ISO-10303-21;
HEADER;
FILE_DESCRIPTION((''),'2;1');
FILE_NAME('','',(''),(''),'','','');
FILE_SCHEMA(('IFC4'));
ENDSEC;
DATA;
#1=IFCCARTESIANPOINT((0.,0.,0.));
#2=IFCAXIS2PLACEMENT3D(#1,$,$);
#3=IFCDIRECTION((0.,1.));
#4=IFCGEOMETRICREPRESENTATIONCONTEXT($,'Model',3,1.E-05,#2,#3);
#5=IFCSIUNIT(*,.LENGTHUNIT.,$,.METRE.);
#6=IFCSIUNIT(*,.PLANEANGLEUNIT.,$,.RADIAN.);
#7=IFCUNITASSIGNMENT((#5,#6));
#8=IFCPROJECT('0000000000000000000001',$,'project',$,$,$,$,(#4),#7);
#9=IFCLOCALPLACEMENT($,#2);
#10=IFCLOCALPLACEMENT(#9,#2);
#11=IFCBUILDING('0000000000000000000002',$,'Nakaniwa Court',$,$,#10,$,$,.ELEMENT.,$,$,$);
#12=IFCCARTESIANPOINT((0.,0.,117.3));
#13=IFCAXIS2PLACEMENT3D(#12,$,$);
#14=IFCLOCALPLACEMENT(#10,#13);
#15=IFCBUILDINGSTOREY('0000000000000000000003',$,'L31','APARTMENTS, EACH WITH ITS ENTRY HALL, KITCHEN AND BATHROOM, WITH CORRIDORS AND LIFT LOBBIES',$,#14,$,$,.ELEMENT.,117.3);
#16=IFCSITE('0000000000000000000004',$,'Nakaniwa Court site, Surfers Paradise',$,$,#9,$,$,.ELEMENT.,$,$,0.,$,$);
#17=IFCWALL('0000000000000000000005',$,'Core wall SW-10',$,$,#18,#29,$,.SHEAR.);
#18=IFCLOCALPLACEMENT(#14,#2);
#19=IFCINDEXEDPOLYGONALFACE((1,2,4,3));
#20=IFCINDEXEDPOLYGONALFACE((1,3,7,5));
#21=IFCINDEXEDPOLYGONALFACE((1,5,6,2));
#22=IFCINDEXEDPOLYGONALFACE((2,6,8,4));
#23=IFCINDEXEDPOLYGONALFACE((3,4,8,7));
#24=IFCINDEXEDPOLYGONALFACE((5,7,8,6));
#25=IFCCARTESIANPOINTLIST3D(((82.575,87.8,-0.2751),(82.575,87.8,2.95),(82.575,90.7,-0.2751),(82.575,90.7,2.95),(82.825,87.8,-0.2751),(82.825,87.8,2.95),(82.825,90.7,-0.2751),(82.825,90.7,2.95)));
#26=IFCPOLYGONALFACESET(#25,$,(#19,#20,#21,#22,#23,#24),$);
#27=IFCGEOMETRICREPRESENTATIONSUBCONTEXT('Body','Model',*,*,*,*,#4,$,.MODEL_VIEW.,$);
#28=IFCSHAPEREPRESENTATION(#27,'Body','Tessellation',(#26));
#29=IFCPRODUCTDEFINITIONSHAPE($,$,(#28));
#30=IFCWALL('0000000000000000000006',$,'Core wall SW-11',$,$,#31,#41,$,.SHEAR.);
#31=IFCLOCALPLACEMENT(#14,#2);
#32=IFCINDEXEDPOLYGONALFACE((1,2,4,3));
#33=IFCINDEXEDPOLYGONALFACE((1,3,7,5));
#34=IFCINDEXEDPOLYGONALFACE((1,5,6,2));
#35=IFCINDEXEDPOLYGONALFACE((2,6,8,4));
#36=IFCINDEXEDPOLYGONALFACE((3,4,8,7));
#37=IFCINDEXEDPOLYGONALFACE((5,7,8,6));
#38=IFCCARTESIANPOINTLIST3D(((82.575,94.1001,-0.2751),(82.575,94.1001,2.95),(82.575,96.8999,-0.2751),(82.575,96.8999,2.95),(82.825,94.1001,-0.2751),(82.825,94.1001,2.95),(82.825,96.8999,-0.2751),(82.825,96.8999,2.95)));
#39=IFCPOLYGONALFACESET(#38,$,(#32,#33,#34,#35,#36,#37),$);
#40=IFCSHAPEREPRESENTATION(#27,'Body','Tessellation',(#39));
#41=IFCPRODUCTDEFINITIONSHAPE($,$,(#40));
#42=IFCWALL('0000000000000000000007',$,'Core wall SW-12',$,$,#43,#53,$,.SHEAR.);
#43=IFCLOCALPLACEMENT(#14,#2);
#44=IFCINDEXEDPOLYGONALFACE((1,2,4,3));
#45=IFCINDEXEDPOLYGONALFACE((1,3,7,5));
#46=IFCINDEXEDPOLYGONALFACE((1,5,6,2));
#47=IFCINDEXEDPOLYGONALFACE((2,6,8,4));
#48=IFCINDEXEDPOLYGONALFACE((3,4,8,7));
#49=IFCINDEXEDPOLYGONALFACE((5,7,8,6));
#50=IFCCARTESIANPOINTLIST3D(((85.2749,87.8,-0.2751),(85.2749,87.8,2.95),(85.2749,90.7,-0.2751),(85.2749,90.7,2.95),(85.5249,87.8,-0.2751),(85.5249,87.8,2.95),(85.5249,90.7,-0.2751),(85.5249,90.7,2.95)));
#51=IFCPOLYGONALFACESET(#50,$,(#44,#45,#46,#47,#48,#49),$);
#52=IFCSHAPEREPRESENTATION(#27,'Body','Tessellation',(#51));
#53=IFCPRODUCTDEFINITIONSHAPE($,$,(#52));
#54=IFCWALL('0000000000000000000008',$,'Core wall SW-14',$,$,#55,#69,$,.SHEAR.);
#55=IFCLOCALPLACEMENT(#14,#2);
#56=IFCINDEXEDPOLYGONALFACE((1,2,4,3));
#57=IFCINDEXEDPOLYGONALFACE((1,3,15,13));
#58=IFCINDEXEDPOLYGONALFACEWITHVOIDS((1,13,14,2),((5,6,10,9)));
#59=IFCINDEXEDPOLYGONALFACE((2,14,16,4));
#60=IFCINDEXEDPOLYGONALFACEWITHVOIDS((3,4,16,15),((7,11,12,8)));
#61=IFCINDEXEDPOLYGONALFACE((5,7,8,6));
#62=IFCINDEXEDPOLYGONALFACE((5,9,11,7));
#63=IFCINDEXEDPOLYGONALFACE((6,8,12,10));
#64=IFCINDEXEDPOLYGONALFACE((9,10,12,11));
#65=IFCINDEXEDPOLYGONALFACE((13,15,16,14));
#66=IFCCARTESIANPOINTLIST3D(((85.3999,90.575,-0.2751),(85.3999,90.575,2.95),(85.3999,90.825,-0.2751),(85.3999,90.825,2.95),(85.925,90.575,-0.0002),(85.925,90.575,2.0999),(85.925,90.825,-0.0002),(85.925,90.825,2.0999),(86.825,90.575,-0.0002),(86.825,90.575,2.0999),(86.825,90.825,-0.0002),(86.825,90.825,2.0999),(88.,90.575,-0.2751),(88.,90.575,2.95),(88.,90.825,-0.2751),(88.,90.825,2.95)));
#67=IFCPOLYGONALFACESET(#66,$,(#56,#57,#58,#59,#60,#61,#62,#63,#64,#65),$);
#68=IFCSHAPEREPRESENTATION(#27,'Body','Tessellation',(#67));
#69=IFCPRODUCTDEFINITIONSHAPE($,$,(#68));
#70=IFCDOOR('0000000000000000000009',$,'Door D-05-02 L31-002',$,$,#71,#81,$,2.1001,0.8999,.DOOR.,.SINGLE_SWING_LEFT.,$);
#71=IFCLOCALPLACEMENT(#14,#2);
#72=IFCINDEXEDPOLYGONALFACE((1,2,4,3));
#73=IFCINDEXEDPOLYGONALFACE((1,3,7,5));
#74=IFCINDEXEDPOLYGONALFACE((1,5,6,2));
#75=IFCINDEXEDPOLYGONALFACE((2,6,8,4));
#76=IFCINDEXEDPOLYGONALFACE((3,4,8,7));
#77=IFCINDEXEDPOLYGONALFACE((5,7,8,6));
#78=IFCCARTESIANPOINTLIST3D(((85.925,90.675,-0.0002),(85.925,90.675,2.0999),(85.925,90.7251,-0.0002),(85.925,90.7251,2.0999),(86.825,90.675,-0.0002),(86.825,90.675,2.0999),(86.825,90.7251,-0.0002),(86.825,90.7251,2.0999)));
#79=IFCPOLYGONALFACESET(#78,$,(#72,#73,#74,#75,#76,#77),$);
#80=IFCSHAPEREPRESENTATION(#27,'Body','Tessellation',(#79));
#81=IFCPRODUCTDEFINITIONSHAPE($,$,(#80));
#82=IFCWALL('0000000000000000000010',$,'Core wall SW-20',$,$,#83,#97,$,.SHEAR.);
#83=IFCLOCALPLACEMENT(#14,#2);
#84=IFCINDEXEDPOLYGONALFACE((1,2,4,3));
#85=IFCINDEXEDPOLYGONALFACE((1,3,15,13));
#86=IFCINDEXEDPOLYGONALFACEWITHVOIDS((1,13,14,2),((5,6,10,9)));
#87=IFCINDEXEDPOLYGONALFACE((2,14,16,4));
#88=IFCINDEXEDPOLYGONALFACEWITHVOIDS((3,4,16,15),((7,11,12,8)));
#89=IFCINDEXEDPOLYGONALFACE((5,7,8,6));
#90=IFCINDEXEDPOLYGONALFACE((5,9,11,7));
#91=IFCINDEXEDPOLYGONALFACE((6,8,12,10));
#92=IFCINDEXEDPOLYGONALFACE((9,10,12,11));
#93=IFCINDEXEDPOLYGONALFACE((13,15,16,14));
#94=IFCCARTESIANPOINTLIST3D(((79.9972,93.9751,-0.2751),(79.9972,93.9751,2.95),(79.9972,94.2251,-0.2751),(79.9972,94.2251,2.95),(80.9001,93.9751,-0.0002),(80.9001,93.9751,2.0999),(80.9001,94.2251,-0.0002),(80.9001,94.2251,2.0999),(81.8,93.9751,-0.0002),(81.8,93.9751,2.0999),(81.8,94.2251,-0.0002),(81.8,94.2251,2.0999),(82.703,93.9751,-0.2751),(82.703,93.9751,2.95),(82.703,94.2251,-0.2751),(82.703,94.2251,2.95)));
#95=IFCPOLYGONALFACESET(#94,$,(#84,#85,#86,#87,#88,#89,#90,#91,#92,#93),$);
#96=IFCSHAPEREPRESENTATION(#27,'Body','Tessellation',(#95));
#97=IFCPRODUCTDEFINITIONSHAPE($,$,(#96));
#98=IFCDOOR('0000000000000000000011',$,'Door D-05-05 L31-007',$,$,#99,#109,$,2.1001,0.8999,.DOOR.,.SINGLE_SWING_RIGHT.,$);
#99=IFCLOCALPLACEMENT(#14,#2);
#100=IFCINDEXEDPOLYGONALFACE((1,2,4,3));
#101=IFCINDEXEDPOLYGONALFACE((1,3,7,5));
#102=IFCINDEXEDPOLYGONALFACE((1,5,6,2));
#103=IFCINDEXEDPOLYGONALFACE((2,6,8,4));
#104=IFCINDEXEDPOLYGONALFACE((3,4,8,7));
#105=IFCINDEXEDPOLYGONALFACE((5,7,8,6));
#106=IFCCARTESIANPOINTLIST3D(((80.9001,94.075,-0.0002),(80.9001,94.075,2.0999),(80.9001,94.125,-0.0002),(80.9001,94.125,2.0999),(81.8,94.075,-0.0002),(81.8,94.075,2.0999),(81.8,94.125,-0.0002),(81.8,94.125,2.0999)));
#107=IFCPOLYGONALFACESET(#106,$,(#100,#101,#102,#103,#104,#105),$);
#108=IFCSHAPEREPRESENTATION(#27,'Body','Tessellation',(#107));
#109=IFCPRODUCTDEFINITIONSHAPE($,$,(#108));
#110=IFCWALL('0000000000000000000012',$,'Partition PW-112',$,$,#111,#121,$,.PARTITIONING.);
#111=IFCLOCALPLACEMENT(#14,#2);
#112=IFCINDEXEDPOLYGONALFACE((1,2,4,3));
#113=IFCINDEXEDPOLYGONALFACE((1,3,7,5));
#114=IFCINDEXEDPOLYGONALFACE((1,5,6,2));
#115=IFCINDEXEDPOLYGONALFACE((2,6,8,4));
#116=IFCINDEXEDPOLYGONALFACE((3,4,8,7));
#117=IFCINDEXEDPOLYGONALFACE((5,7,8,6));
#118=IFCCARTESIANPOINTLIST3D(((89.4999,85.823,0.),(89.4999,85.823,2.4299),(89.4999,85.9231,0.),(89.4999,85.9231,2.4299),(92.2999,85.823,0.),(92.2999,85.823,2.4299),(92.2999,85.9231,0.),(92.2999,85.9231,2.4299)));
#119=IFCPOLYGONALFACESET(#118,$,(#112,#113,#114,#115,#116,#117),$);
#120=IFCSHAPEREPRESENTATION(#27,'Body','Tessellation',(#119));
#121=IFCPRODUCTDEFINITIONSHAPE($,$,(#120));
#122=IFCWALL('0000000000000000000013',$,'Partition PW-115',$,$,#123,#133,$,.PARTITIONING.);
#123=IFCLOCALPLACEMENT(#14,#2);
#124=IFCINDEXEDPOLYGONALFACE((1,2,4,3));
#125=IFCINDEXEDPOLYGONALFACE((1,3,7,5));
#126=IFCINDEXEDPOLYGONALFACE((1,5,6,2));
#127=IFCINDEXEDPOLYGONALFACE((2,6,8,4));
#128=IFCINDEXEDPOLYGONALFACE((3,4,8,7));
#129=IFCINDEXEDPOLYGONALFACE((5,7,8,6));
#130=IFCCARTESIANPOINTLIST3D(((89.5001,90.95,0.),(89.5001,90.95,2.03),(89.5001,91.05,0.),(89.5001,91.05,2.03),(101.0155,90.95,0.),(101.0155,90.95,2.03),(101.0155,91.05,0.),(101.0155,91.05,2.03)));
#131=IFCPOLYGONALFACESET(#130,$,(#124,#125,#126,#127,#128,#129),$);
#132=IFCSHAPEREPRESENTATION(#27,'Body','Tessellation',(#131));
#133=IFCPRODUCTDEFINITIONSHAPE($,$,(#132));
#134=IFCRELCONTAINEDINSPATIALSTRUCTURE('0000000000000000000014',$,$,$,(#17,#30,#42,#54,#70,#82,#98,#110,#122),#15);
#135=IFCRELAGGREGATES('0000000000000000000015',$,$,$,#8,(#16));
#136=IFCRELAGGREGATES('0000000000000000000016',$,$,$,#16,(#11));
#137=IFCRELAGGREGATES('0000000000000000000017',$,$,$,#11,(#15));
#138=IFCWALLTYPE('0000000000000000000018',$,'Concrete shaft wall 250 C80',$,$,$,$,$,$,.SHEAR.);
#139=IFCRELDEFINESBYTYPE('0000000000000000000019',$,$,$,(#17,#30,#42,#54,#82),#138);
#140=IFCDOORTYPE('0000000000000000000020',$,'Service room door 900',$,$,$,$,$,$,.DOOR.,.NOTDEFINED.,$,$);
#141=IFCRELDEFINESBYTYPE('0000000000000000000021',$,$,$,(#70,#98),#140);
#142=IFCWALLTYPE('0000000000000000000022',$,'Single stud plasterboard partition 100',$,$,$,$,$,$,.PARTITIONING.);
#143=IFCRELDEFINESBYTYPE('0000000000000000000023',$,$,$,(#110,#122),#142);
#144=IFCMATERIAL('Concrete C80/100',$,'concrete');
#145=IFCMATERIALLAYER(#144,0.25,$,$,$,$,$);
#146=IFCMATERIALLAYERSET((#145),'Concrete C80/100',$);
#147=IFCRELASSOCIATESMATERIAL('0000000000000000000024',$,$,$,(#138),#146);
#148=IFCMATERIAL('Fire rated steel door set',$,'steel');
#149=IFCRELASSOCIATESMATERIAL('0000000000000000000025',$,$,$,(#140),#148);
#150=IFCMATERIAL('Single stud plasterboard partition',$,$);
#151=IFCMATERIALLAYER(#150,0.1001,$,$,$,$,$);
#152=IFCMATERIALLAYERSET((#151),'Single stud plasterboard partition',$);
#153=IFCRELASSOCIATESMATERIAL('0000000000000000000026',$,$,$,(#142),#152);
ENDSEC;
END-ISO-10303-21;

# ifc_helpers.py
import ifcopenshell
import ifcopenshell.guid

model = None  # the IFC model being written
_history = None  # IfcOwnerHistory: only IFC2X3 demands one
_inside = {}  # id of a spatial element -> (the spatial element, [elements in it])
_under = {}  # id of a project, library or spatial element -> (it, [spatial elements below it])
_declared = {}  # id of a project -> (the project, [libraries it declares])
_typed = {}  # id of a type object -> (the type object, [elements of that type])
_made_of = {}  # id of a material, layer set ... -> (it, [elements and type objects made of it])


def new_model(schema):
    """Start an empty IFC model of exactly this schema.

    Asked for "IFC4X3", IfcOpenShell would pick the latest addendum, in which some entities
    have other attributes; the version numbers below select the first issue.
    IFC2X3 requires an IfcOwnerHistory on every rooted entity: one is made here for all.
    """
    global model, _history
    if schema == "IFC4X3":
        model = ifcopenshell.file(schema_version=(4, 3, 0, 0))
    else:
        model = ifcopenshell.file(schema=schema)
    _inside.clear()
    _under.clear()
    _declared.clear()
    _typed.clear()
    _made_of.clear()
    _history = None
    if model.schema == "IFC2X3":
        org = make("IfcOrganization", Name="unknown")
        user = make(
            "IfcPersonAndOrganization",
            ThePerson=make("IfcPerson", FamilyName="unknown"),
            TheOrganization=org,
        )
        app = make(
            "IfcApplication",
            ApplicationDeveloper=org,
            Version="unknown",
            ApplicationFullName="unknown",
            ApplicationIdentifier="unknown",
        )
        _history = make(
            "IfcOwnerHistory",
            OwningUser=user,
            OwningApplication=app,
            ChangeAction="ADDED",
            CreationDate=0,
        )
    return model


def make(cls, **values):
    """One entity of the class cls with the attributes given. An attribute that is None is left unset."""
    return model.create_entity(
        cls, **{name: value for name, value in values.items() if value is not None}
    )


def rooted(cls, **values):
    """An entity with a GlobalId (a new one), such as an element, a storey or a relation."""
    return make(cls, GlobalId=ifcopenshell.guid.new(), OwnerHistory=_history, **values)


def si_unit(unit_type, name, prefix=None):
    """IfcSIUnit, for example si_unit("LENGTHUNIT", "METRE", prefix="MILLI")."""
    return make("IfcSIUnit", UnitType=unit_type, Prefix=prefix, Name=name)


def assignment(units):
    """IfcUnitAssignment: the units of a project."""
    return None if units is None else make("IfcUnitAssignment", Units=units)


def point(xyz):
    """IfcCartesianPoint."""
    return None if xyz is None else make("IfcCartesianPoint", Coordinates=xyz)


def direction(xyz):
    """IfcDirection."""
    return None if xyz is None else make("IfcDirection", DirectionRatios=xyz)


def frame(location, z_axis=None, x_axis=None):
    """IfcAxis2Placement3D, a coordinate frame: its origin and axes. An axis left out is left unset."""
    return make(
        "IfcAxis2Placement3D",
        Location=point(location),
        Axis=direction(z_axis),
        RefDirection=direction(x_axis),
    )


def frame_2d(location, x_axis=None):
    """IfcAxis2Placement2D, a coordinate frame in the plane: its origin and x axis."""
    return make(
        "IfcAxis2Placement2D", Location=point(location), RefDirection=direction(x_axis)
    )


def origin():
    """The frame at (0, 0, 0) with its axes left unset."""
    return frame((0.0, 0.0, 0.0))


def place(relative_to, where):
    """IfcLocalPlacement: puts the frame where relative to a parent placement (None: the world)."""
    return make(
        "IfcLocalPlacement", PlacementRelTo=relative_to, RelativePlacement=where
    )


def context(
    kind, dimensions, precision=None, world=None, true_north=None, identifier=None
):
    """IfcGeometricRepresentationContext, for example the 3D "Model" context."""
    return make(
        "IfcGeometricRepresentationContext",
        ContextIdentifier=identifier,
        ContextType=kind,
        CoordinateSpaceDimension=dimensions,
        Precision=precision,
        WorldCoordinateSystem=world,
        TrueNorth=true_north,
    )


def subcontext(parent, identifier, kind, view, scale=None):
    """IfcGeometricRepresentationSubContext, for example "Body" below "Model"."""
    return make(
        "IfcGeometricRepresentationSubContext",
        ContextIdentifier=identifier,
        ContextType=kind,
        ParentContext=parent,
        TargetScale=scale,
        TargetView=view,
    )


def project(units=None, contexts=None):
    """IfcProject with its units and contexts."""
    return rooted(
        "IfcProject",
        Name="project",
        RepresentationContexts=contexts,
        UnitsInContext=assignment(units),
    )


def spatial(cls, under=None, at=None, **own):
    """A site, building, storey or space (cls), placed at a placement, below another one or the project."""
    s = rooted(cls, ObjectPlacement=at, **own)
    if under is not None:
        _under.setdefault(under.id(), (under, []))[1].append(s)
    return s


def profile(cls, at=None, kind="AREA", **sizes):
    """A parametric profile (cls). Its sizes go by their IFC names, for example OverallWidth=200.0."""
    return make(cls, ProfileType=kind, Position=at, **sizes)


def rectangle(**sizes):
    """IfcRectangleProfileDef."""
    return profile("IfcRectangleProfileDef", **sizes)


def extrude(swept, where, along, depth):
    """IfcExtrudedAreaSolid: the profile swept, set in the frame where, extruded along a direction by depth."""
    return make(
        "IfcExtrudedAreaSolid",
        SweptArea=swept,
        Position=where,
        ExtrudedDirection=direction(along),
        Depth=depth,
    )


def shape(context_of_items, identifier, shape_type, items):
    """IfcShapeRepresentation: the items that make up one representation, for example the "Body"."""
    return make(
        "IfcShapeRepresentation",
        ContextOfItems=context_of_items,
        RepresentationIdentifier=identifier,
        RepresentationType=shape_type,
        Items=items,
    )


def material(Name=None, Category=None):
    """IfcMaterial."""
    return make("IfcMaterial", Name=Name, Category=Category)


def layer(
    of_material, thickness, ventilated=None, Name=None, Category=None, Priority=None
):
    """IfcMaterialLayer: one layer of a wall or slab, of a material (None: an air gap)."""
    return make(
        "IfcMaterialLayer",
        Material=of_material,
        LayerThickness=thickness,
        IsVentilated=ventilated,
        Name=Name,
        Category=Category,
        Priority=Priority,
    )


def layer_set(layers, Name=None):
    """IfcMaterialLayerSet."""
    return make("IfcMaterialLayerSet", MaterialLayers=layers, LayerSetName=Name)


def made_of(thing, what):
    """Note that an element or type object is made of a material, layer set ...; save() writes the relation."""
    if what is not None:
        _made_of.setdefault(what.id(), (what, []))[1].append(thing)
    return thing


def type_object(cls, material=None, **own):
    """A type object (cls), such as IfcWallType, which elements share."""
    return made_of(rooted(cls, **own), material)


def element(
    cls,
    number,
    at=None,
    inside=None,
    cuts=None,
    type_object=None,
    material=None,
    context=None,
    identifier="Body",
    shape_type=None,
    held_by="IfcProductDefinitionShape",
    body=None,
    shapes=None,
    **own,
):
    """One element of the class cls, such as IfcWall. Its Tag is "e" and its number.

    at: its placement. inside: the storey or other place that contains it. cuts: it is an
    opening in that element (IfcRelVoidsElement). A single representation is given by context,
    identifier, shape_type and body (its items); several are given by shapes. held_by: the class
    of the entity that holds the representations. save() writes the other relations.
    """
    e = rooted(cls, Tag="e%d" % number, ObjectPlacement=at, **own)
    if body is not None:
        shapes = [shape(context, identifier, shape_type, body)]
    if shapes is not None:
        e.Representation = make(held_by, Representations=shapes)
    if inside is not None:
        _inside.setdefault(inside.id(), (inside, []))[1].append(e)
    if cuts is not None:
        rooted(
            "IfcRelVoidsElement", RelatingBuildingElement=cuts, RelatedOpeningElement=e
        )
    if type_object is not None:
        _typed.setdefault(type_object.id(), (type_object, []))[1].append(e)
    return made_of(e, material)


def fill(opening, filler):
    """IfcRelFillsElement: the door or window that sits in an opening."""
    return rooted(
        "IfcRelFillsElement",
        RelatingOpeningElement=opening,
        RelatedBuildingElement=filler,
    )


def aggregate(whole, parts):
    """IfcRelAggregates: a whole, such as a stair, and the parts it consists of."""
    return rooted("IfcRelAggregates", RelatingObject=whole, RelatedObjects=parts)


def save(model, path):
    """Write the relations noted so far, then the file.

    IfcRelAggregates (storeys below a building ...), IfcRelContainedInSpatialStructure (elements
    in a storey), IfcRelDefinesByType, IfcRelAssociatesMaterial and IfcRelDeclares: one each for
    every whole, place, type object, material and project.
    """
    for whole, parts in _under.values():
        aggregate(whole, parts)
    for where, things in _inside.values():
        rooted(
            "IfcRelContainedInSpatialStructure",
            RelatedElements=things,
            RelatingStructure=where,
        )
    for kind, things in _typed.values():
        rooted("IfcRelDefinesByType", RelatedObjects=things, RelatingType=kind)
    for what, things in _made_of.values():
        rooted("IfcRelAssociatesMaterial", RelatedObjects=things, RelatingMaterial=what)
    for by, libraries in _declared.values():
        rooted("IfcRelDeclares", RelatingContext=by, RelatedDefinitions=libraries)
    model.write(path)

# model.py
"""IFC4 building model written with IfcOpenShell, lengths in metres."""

from ifc_helpers import new_model, si_unit, direction, frame, frame_2d, origin, place, context, subcontext, project, spatial, rectangle, extrude, material, layer, layer_set, type_object, element, fill, save


model = new_model("IFC4")

# Units and contexts
model_context = context("Model", 3, precision=1e-05, world=origin(), true_north=direction((0.0, 1.0)))
body_context = subcontext(model_context, "Body", "Model", "MODEL_VIEW")
ifc_project = project(units=[si_unit("LENGTHUNIT", "METRE"), si_unit("PLANEANGLEUNIT", "RADIAN")], contexts=[model_context])

# Site, building, storey
site_placement = place(None, origin())
site = spatial("IfcSite", under=ifc_project, at=site_placement, Name="Nakaniwa Court site, Surfers Paradise", CompositionType="ELEMENT", RefElevation=0.0)
building_placement = place(site_placement, origin())
building = spatial("IfcBuilding", under=site, at=building_placement, Name="Nakaniwa Court", CompositionType="ELEMENT")
storey_placement = place(building_placement, frame((0.0, 0.0, 117.3)))
storey = spatial("IfcBuildingStorey", under=building, at=storey_placement, Name="L31", Description="APARTMENTS, EACH WITH ITS ENTRY HALL, KITCHEN AND BATHROOM, WITH CORRIDORS AND LIFT LOBBIES", CompositionType="ELEMENT", Elevation=117.3)

# Shared definitions
ifc_material_1 = material(Name="Concrete C80/100", Category="concrete")

# Walls
ifc_layer_1 = layer(ifc_material_1, 0.25)
ifc_layer_set_1 = layer_set([ifc_layer_1], Name="Concrete C80/100")
wall_type_1 = type_object("IfcWallType", Name="Concrete shaft wall 250 C80", PredefinedType="SHEAR", material=ifc_layer_set_1)
wall_1_placement = place(storey_placement, frame((82.7, 87.8, -0.2751), z_axis=(0.0, 0.0, 1.0), x_axis=(0.0, 1.0, 0.0)))
element("IfcWall", 1, at=wall_1_placement, inside=storey, type_object=wall_type_1, Name="Core wall SW-10", PredefinedType="SHEAR", context=body_context, shape_type="SweptSolid", body=[
    extrude(rectangle(XDim=2.8999, YDim=0.25, at=frame_2d((1.45, 0.0))), origin(), (0.0, 0.0, 1.0), 3.2251),
])
wall_2_placement = place(storey_placement, frame((82.7, 94.1001, -0.2751), z_axis=(0.0, 0.0, 1.0), x_axis=(0.0, 1.0, 0.0)))
element("IfcWall", 2, at=wall_2_placement, inside=storey, type_object=wall_type_1, Name="Core wall SW-11", PredefinedType="SHEAR", context=body_context, shape_type="SweptSolid", body=[
    extrude(rectangle(XDim=2.7998, YDim=0.25, at=frame_2d((1.3999, 0.0))), origin(), (0.0, 0.0, 1.0), 3.2251),
])
wall_3_placement = place(storey_placement, frame((85.3999, 87.8, -0.2751), z_axis=(0.0, 0.0, 1.0), x_axis=(0.0, 1.0, 0.0)))
element("IfcWall", 3, at=wall_3_placement, inside=storey, type_object=wall_type_1, Name="Core wall SW-12", PredefinedType="SHEAR", context=body_context, shape_type="SweptSolid", body=[
    extrude(rectangle(XDim=2.8999, YDim=0.25, at=frame_2d((1.45, 0.0))), origin(), (0.0, 0.0, 1.0), 3.2251),
])

# Walls, openings, doors
wall_4_placement = place(storey_placement, frame((88.0, 90.7, -0.2751), z_axis=(0.0, 0.0, 1.0), x_axis=(-1.0, 0.0, 0.0)))
wall_4 = element("IfcWall", 4, at=wall_4_placement, inside=storey, type_object=wall_type_1, Name="Core wall SW-14", PredefinedType="SHEAR", context=body_context, shape_type="SweptSolid", body=[
    extrude(rectangle(XDim=2.6001, YDim=0.25, at=frame_2d((1.3, 0.0))), origin(), (0.0, 0.0, 1.0), 3.2251),
])
opening_1_placement = place(wall_4_placement, frame((1.175, 0.0, 0.2749)))
opening_1 = element("IfcOpeningElement", 5, at=opening_1_placement, cuts=wall_4, PredefinedType="OPENING", context=body_context, shape_type="SweptSolid", body=[
    extrude(rectangle(XDim=0.8999, YDim=2.1001, at=frame_2d((0.45, 1.05))), frame((0.0, 0.135, 0.0), z_axis=(0.0, -1.0, 0.0), x_axis=(1.0, 0.0, 0.0)), (0.0, 0.0, 1.0), 0.27),
])
ifc_material_2 = material(Name="Fire rated steel door set", Category="steel")
door_type = type_object("IfcDoorType", Name="Service room door 900", OperationType="NOTDEFINED", PredefinedType="DOOR", material=ifc_material_2)
door_1_placement = place(opening_1_placement, origin())
door_1 = element("IfcDoor", 6, at=door_1_placement, inside=storey, type_object=door_type, Name="Door D-05-02 L31-002", OperationType="SINGLE_SWING_LEFT", OverallHeight=2.1001, OverallWidth=0.8999, PredefinedType="DOOR", context=body_context, shape_type="SweptSolid", body=[
    extrude(rectangle(XDim=0.8999, YDim=2.1001, at=frame_2d((0.45, 1.05))), frame((0.0, 0.0249, 0.0), z_axis=(0.0, -1.0, 0.0), x_axis=(1.0, 0.0, 0.0)), (0.0, 0.0, 1.0), 0.05),
])
fill(opening_1, door_1)
wall_5_placement = place(storey_placement, frame((79.9971, 94.1001, -0.2751), z_axis=(0.0, 0.0, 1.0), x_axis=(1.0, 0.0, 0.0)))
wall_5 = element("IfcWall", 7, at=wall_5_placement, inside=storey, type_object=wall_type_1, Name="Core wall SW-20", PredefinedType="SHEAR", context=body_context, shape_type="SweptSolid", body=[
    extrude(rectangle(XDim=2.7058, YDim=0.25, at=frame_2d((1.353, 0.0))), origin(), (0.0, 0.0, 1.0), 3.2251),
])
opening_2_placement = place(wall_5_placement, frame((0.9031, 0.0, 0.2749)))
opening_2 = element("IfcOpeningElement", 8, at=opening_2_placement, cuts=wall_5, PredefinedType="OPENING", context=body_context, shape_type="SweptSolid", body=[
    extrude(rectangle(XDim=0.8999, YDim=2.1001, at=frame_2d((0.45, 1.05))), frame((0.0, 0.135, 0.0), z_axis=(0.0, -1.0, 0.0), x_axis=(1.0, 0.0, 0.0)), (0.0, 0.0, 1.0), 0.27),
])
door_2_placement = place(opening_2_placement, origin())
door_2 = element("IfcDoor", 9, at=door_2_placement, inside=storey, type_object=door_type, Name="Door D-05-05 L31-007", OperationType="SINGLE_SWING_RIGHT", OverallHeight=2.1001, OverallWidth=0.8999, PredefinedType="DOOR", context=body_context, shape_type="SweptSolid", body=[
    extrude(rectangle(XDim=0.8999, YDim=2.1001, at=frame_2d((0.45, 1.05))), frame((0.0, 0.0249, 0.0), z_axis=(0.0, -1.0, 0.0), x_axis=(1.0, 0.0, 0.0)), (0.0, 0.0, 1.0), 0.05),
])
fill(opening_2, door_2)

# Walls
ifc_material_3 = material(Name="Single stud plasterboard partition")
ifc_layer_2 = layer(ifc_material_3, 0.1001)
ifc_layer_set_2 = layer_set([ifc_layer_2], Name="Single stud plasterboard partition")
wall_type_2 = type_object("IfcWallType", Name="Single stud plasterboard partition 100", PredefinedType="PARTITIONING", material=ifc_layer_set_2)
wall_6_placement = place(storey_placement, frame((89.5, 85.873, 0.0), z_axis=(0.0, 0.0, 1.0), x_axis=(1.0, 0.0, 0.0)))
element("IfcWall", 10, at=wall_6_placement, inside=storey, type_object=wall_type_2, Name="Partition PW-112", PredefinedType="PARTITIONING", context=body_context, shape_type="SweptSolid", body=[
    extrude(rectangle(XDim=2.8, YDim=0.1001, at=frame_2d((1.3999, 0.0))), origin(), (0.0, 0.0, 1.0), 2.4299),
])
wall_7_placement = place(storey_placement, frame((89.5, 91.0, 0.0), z_axis=(0.0, 0.0, 1.0), x_axis=(1.0, 0.0, 0.0)))
element("IfcWall", 11, at=wall_7_placement, inside=storey, type_object=wall_type_2, Name="Partition PW-115", PredefinedType="PARTITIONING", context=body_context, shape_type="SweptSolid", body=[
    extrude(rectangle(XDim=11.5154, YDim=0.1001, at=frame_2d((5.7578, 0.0))), origin(), (0.0, 0.0, 1.0), 2.03),
])

save(model, "model.ifc")
